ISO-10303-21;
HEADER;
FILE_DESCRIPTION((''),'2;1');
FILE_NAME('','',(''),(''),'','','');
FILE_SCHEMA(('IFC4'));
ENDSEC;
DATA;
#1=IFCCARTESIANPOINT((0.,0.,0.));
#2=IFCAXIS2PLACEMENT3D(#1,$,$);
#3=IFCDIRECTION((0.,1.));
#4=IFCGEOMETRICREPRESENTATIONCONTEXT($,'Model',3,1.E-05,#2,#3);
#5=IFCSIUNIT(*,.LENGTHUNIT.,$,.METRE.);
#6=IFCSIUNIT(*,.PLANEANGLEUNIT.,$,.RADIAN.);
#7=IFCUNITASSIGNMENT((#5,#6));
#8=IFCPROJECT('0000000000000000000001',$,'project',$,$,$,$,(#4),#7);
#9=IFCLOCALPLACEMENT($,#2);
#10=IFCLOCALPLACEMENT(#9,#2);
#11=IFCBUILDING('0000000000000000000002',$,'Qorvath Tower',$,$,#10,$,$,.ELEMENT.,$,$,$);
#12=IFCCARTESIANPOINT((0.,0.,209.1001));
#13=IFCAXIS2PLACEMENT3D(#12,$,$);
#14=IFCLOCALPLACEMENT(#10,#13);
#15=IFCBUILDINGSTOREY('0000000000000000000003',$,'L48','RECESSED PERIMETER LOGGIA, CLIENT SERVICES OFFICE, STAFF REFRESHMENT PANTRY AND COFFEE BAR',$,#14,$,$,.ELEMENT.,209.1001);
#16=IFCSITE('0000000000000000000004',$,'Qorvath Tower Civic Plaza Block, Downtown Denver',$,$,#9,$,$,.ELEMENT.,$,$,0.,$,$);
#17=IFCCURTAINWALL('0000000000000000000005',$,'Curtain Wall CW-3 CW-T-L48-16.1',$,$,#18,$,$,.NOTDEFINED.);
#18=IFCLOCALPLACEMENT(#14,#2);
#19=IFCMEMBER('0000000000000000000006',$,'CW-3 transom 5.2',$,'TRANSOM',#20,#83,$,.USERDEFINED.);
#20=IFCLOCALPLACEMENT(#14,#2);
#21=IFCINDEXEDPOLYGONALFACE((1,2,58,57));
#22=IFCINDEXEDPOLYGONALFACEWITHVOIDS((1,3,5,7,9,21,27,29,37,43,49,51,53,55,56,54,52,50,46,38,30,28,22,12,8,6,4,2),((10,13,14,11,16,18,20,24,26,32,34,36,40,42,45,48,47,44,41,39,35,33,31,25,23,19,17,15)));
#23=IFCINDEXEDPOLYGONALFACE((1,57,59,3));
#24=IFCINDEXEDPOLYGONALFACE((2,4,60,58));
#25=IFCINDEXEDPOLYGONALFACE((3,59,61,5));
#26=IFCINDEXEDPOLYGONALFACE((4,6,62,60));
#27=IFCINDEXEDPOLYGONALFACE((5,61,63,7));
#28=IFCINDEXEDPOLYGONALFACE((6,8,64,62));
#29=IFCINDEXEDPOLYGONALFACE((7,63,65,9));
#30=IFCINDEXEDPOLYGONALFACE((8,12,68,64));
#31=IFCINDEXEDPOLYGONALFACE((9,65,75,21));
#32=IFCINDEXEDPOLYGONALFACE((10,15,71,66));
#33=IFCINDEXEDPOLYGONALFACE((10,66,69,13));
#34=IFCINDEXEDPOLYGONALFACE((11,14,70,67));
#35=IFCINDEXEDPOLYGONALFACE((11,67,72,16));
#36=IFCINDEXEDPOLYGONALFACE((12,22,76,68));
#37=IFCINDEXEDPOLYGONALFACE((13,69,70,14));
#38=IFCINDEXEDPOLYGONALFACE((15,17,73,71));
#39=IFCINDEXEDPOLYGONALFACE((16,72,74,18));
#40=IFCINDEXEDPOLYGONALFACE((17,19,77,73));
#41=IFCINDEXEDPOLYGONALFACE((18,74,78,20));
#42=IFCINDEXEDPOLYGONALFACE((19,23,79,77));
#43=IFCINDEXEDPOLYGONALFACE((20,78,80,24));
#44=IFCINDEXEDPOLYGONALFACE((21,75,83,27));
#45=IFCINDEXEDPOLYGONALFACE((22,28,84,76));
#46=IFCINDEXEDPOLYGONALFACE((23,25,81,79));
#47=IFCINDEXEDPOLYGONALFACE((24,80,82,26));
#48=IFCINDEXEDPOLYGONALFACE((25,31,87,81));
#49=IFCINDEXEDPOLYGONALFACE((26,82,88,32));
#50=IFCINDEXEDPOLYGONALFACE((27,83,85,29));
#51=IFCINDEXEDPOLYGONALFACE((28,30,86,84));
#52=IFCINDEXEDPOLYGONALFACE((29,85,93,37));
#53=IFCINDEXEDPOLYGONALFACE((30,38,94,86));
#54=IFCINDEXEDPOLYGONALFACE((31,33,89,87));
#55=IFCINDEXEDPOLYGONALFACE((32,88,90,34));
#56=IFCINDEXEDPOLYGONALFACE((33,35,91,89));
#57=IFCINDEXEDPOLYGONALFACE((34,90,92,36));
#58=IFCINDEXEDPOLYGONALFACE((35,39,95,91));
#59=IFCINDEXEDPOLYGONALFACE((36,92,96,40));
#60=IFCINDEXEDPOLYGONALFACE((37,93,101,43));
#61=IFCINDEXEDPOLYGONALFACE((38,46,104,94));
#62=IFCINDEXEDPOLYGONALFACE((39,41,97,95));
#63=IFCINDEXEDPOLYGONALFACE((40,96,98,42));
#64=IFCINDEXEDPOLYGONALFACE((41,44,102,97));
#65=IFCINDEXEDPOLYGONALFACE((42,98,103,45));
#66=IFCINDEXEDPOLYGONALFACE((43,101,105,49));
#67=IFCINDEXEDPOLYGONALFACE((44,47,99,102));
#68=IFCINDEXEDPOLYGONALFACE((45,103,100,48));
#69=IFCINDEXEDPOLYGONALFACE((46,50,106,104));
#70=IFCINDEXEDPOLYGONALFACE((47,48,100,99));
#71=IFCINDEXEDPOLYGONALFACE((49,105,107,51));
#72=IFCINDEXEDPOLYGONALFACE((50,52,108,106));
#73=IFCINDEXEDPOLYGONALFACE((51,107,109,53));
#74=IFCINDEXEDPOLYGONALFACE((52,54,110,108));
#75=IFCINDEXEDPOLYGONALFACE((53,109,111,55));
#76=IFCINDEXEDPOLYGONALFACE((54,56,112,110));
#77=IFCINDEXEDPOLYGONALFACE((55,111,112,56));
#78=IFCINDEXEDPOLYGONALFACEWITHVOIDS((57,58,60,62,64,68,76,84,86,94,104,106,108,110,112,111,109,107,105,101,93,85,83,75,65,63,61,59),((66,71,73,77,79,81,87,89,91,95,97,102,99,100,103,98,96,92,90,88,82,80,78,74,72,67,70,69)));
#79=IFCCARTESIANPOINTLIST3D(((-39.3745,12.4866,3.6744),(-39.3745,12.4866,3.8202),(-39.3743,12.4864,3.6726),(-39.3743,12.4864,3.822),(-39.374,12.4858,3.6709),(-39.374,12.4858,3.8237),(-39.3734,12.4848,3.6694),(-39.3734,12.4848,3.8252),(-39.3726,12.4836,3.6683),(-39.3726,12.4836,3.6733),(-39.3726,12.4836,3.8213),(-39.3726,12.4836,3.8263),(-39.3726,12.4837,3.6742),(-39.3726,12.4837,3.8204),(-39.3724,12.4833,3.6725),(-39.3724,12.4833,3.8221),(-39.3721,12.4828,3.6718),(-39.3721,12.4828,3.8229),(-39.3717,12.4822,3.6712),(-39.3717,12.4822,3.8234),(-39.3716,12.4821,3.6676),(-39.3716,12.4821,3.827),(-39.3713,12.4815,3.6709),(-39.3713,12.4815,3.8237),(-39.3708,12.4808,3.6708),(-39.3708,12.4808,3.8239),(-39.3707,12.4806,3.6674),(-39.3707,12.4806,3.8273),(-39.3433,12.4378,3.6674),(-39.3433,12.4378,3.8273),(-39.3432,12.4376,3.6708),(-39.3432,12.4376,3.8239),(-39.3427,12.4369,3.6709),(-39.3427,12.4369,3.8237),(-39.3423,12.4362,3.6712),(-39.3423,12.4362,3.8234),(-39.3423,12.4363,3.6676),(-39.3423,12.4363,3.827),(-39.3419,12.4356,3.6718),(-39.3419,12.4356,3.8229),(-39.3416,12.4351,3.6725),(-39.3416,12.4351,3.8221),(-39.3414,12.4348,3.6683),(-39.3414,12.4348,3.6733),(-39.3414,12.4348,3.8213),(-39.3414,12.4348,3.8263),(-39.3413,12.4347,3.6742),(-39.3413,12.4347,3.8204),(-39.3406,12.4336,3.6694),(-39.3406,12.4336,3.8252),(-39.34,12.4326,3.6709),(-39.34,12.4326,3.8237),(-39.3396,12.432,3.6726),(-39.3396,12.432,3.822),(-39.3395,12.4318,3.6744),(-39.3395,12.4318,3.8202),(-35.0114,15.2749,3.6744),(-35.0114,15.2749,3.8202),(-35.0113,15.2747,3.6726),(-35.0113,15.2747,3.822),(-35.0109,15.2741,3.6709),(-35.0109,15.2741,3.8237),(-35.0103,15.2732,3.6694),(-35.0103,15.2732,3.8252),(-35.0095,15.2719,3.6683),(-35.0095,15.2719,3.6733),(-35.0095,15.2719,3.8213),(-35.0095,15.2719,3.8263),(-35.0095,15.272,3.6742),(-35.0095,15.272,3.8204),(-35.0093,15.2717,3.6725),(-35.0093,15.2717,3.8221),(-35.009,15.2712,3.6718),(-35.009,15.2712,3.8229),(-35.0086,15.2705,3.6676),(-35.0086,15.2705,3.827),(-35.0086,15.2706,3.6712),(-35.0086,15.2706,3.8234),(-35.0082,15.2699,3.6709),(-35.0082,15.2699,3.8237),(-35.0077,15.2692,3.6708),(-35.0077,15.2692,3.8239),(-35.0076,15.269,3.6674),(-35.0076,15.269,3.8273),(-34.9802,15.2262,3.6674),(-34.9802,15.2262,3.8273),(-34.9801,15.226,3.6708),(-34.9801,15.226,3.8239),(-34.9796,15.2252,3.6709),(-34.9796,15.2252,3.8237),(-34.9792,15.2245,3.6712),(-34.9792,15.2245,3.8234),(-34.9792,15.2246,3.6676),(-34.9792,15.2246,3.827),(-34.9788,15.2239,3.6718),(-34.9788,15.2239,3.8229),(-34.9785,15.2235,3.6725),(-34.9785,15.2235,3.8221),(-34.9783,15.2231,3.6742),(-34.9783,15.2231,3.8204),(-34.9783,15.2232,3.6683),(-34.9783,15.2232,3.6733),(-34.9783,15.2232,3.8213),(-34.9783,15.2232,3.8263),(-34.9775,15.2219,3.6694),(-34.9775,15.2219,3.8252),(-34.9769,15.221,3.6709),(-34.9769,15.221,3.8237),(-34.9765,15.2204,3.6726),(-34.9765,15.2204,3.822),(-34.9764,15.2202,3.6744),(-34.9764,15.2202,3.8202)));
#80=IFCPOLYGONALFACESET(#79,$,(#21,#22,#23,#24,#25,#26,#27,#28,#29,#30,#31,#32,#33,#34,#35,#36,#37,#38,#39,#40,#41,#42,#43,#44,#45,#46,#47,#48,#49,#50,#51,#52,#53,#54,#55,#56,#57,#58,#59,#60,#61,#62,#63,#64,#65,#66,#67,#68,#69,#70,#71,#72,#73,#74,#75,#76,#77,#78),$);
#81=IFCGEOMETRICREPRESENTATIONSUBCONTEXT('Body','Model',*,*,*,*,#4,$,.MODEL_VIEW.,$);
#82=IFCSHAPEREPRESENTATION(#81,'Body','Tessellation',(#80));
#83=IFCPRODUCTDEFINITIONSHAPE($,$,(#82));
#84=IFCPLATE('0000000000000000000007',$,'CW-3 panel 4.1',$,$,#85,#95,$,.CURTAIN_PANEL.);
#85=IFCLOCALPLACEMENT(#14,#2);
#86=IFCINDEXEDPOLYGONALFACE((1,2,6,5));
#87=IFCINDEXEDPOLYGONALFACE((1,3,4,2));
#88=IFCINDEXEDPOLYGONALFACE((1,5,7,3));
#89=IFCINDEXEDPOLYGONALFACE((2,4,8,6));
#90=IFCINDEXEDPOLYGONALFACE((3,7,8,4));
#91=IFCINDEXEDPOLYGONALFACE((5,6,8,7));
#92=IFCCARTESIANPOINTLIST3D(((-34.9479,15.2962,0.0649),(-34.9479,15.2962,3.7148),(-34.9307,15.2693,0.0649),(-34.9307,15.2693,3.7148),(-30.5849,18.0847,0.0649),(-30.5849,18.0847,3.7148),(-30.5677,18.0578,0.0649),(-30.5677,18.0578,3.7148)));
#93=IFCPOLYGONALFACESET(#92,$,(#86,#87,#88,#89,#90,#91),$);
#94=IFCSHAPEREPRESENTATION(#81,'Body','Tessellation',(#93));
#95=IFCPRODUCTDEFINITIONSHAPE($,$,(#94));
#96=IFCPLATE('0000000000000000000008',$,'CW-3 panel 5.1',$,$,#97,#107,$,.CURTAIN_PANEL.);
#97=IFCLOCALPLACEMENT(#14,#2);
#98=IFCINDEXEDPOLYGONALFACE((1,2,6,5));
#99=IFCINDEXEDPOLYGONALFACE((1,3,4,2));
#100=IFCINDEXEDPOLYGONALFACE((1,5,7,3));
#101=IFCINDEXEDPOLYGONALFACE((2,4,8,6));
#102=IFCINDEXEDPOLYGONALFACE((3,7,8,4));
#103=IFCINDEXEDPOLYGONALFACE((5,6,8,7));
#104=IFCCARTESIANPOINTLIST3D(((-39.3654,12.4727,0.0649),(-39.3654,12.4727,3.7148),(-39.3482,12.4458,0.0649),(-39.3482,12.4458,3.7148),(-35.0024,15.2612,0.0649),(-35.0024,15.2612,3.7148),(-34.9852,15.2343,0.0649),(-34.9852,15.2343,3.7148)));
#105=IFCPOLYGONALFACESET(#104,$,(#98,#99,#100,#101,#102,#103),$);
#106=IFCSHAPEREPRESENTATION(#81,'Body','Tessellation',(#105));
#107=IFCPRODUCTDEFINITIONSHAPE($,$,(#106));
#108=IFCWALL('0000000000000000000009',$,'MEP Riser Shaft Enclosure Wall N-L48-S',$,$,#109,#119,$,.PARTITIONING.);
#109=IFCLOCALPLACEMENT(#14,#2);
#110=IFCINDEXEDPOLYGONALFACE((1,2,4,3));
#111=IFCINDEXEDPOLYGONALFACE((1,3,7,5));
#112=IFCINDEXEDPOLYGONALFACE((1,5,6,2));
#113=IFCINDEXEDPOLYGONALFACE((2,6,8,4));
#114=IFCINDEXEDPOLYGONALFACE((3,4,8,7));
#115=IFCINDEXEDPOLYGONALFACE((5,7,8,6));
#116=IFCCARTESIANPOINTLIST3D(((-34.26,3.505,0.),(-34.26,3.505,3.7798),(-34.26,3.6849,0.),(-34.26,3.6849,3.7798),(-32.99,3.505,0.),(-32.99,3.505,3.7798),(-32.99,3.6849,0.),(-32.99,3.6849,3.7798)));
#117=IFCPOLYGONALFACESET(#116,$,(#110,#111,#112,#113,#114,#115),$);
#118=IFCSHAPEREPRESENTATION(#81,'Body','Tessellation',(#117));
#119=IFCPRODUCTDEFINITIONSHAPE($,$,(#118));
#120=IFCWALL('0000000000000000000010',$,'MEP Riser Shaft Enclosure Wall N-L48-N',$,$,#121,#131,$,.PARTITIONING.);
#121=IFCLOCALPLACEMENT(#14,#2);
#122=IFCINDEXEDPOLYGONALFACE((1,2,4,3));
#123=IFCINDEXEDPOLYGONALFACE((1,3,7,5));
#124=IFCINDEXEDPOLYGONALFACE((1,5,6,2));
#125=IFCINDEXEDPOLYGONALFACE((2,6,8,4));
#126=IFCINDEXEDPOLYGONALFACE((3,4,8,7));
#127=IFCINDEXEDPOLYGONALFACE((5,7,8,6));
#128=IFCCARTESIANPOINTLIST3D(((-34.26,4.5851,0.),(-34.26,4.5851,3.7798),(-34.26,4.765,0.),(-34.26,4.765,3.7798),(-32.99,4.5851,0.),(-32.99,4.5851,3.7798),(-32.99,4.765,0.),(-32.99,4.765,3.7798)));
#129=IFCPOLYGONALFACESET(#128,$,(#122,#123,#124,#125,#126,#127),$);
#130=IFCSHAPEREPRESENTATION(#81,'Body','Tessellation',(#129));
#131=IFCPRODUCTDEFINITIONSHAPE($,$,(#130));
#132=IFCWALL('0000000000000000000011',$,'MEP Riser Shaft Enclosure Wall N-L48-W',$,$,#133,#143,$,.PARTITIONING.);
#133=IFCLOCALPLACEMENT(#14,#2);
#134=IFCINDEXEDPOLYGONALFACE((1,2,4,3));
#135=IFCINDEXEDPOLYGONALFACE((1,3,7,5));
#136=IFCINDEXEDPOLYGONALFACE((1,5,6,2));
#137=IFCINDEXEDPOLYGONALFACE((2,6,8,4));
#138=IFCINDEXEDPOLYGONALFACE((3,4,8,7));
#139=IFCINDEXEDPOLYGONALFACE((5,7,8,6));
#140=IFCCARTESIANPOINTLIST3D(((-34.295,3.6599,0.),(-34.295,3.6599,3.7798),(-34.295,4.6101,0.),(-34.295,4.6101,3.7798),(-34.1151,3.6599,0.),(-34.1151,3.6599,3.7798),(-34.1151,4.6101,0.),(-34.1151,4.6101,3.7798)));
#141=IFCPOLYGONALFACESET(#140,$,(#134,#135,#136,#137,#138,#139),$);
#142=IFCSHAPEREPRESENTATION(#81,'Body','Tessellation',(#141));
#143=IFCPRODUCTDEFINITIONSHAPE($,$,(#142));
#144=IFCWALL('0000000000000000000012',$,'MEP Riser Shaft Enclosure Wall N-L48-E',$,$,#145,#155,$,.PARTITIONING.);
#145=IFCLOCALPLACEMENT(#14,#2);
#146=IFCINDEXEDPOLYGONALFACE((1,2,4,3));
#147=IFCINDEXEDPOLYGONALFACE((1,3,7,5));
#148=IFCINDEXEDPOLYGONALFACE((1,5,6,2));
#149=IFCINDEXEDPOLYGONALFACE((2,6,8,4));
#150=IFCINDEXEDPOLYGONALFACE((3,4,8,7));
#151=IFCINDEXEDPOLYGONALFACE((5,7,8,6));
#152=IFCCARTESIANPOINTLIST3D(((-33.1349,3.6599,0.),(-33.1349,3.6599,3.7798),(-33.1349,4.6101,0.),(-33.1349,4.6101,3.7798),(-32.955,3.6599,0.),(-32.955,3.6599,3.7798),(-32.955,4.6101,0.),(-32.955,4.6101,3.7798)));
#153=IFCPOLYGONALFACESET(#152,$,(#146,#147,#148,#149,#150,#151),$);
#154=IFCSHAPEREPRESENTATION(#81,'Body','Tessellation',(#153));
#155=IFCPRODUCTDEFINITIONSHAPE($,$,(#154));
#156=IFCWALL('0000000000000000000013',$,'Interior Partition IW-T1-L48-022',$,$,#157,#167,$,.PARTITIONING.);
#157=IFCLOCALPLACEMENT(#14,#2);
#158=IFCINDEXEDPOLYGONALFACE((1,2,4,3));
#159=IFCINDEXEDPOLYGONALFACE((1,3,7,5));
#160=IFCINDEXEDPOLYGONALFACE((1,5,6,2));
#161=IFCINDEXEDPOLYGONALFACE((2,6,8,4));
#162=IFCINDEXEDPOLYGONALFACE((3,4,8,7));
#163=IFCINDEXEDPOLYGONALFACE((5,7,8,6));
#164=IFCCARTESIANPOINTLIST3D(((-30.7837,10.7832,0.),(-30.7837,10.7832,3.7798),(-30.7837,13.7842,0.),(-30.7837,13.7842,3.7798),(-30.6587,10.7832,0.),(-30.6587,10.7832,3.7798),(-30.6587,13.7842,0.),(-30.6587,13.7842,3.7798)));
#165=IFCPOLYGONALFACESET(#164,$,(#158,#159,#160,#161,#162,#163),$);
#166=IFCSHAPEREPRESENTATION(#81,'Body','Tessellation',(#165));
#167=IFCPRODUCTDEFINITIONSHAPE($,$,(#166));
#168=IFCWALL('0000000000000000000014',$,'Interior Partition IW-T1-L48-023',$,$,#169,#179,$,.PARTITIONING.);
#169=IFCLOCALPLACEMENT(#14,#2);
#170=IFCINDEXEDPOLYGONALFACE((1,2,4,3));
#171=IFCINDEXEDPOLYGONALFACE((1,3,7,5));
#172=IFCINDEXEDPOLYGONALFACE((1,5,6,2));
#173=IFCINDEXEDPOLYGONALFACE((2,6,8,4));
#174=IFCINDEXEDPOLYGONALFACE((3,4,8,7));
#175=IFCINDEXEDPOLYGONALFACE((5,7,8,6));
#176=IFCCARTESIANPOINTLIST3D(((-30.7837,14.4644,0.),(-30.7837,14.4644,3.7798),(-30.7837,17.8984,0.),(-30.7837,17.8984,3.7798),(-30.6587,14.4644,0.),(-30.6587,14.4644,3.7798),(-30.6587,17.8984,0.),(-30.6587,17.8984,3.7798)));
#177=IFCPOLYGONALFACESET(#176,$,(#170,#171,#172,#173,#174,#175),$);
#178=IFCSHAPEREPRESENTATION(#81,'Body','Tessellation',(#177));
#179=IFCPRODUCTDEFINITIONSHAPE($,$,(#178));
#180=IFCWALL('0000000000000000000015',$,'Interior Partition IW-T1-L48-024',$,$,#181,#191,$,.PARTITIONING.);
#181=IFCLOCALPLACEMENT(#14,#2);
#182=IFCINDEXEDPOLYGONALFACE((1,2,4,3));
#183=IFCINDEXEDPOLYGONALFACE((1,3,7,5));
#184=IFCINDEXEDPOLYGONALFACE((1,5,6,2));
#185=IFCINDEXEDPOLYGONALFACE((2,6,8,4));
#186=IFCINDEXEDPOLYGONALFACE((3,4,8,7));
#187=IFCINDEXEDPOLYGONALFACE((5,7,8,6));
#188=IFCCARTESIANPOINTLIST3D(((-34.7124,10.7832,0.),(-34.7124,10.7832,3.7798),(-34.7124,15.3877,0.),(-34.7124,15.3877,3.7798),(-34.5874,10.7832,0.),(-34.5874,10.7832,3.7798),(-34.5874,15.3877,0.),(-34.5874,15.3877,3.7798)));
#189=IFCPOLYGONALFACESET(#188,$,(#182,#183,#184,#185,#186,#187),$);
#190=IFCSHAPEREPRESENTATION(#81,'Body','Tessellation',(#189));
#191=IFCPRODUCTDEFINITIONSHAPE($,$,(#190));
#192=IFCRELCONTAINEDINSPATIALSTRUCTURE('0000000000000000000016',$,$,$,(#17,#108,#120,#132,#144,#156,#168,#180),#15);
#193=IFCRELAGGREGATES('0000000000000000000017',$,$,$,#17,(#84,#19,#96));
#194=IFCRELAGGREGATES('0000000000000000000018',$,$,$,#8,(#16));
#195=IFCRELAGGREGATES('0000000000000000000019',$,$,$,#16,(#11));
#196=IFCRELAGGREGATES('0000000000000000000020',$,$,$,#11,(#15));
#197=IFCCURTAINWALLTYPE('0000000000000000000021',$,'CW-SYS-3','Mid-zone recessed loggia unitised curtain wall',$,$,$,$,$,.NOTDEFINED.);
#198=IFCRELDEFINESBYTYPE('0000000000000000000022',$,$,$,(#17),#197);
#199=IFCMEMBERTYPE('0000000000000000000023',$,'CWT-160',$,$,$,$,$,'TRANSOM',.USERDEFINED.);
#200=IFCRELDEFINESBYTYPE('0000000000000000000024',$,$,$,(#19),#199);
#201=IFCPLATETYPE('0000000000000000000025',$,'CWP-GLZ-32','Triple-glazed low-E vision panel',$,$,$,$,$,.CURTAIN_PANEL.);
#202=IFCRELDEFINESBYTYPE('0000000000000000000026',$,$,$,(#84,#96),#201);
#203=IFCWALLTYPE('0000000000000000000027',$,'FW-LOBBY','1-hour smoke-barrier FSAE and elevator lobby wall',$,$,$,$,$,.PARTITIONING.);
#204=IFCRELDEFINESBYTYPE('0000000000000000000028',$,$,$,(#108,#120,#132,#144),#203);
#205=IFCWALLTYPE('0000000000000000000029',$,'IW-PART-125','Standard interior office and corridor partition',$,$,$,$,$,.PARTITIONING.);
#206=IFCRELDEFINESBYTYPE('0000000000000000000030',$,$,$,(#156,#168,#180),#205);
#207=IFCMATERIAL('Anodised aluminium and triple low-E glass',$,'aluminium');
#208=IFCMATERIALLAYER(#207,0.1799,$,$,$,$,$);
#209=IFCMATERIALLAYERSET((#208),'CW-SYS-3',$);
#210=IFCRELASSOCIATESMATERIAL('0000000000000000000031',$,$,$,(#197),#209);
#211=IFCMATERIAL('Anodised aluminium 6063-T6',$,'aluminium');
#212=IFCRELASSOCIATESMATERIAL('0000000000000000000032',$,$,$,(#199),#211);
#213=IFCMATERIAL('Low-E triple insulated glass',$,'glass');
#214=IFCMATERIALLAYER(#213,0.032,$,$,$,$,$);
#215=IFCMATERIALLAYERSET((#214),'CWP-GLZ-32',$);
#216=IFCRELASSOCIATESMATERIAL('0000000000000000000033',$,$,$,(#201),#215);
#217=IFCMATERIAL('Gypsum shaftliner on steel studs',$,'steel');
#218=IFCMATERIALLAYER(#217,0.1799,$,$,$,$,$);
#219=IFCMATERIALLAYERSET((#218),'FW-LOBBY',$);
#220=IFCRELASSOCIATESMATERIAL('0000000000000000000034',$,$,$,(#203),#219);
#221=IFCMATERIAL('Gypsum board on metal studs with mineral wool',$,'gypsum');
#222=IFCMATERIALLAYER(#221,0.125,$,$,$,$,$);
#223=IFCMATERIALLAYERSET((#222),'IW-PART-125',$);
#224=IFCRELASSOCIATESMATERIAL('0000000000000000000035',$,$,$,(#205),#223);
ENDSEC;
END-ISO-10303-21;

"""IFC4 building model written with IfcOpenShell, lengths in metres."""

from ifc_helpers import new_model, si_unit, direction, frame, frame_2d, origin, origin_2d, place, context, subcontext, project, spatial, rectangle, hollow_rectangle, extrude, material, layer, layer_set, material_profile, profile_set, type_object, element, aggregate, save


model = new_model("IFC4")

# Units and contexts
model_context = context("Model", 3, precision=1e-05, world=origin(), true_north=direction((0.0, 1.0)))
body_context = subcontext(model_context, "Body", "Model", "MODEL_VIEW")
ifc_project = project(units=[si_unit("LENGTHUNIT", "METRE"), si_unit("PLANEANGLEUNIT", "RADIAN")], contexts=[model_context])

# Site, building, storey
site_placement = place(None, origin())
site = spatial("IfcSite", under=ifc_project, at=site_placement, Name="Qorvath Tower Civic Plaza Block, Downtown Denver", CompositionType="ELEMENT", RefElevation=0.0)
building_placement = place(site_placement, origin())
building = spatial("IfcBuilding", under=site, at=building_placement, Name="Qorvath Tower", CompositionType="ELEMENT")
storey_placement = place(building_placement, frame((0.0, 0.0, 209.1001)))
storey = spatial("IfcBuildingStorey", under=building, at=storey_placement, Name="L48", Description="RECESSED PERIMETER LOGGIA, CLIENT SERVICES OFFICE, STAFF REFRESHMENT PANTRY AND COFFEE BAR", CompositionType="ELEMENT", Elevation=209.1001)

# Curtain wall, member, plates
ifc_material_1 = material(Name="Anodised aluminium and triple low-E glass", Category="aluminium")
ifc_layer_1 = layer(ifc_material_1, 0.1799)
ifc_layer_set_1 = layer_set([ifc_layer_1], Name="CW-SYS-3")
curtain_wall_type = type_object("IfcCurtainWallType", Name="CW-SYS-3", Description="Mid-zone recessed loggia unitised curtain wall", PredefinedType="NOTDEFINED", material=ifc_layer_set_1)
curtain_wall_placement = place(storey_placement, origin())
curtain_wall = element("IfcCurtainWall", 1, at=curtain_wall_placement, inside=storey, type_object=curtain_wall_type, Name="Curtain Wall CW-3 CW-T-L48-16.1", PredefinedType="NOTDEFINED")
ifc_material_2 = material(Name="Anodised aluminium 6063-T6", Category="aluminium")
ifc_material_profile_1 = material_profile(ifc_material_2, hollow_rectangle(XDim=0.0649, YDim=0.1599, WallThickness=0.0034, InnerFilletRadius=0.0034, OuterFilletRadius=0.0071, at=origin_2d()), Name="CWT 160x65")
ifc_profile_set_1 = profile_set([ifc_material_profile_1], Name="Anodised aluminium 6063-T6")
member_type_1 = type_object("IfcMemberType", Name="CWT-160", ElementType="TRANSOM", PredefinedType="USERDEFINED", material=ifc_profile_set_1)
member_1_placement = place(storey_placement, frame((-34.9939, 15.2476, 3.7473), z_axis=(-0.842623, -0.538504, 0.0), x_axis=(0.538504, -0.842623, 0.0)))
member_1 = element("IfcMember", 2, at=member_1_placement, type_object=member_type_1, Name="CW-3 transom 5.2", ObjectType="TRANSOM", PredefinedType="USERDEFINED", context=body_context, shape_type="SweptSolid", body=[
    extrude(hollow_rectangle(XDim=0.0649, YDim=0.1599, WallThickness=0.0034, InnerFilletRadius=0.0034, OuterFilletRadius=0.0071, at=origin_2d()), origin(), (0.0, 0.0, 1.0), 5.178),
])
ifc_material_3 = material(Name="Low-E triple insulated glass", Category="glass")
ifc_layer_2 = layer(ifc_material_3, 0.032)
ifc_layer_set_2 = layer_set([ifc_layer_2], Name="CWP-GLZ-32")
plate_type = type_object("IfcPlateType", Name="CWP-GLZ-32", Description="Triple-glazed low-E vision panel", PredefinedType="CURTAIN_PANEL", material=ifc_layer_set_2)
plate_1_placement = place(storey_placement, frame((-32.7578, 16.677, 0.0649), z_axis=(0.0, 0.0, 1.0), x_axis=(-0.842605, -0.538532, 0.0)))
plate_1 = element("IfcPlate", 3, at=plate_1_placement, type_object=plate_type, Name="CW-3 panel 4.1", PredefinedType="CURTAIN_PANEL", context=body_context, shape_type="SweptSolid", body=[
    extrude(rectangle(XDim=5.178, YDim=0.032, at=origin_2d()), origin(), (0.0, 0.0, 1.0), 3.6499),
])
plate_2_placement = place(storey_placement, frame((-37.1753, 13.8535, 0.0649), z_axis=(0.0, 0.0, 1.0), x_axis=(-0.842605, -0.538532, 0.0)))
plate_2 = element("IfcPlate", 4, at=plate_2_placement, type_object=plate_type, Name="CW-3 panel 5.1", PredefinedType="CURTAIN_PANEL", context=body_context, shape_type="SweptSolid", body=[
    extrude(rectangle(XDim=5.178, YDim=0.032, at=origin_2d()), origin(), (0.0, 0.0, 1.0), 3.6499),
])
aggregate(curtain_wall, [plate_1, member_1, plate_2])

# Walls
ifc_material_4 = material(Name="Gypsum shaftliner on steel studs", Category="steel")
ifc_layer_3 = layer(ifc_material_4, 0.1799)
ifc_layer_set_3 = layer_set([ifc_layer_3], Name="FW-LOBBY")
wall_type_1 = type_object("IfcWallType", Name="FW-LOBBY", Description="1-hour smoke-barrier FSAE and elevator lobby wall", PredefinedType="PARTITIONING", material=ifc_layer_set_3)
for number, where, z_axis, x_axis, name in (
    (5, (-32.99, 3.595, 0.0), (0.0, 0.0, 1.0), (-1.0, 0.0, 0.0), "MEP Riser Shaft Enclosure Wall N-L48-S"),
    (6, (-34.26, 4.675, 0.0), (0.0, 0.0, 1.0), (1.0, 0.0, 0.0), "MEP Riser Shaft Enclosure Wall N-L48-N"),
):
    element("IfcWall", number, at=place(storey_placement, frame(where, z_axis=z_axis, x_axis=x_axis)), inside=storey, type_object=wall_type_1, Name=name, PredefinedType="PARTITIONING", context=body_context, shape_type="SweptSolid", body=[
        extrude(rectangle(XDim=1.27, YDim=0.1799, at=frame_2d((0.635, 0.0))), origin(), (0.0, 0.0, 1.0), 3.7798),
    ])
for number, where, z_axis, x_axis, name in (
    (7, (-34.2051, 3.6599, 0.0), (0.0, 0.0, 1.0), (0.0, 1.0, 0.0), "MEP Riser Shaft Enclosure Wall N-L48-W"),
    (8, (-33.0449, 4.6101, 0.0), (0.0, 0.0, 1.0), (0.0, -1.0, 0.0), "MEP Riser Shaft Enclosure Wall N-L48-E"),
):
    element("IfcWall", number, at=place(storey_placement, frame(where, z_axis=z_axis, x_axis=x_axis)), inside=storey, type_object=wall_type_1, Name=name, PredefinedType="PARTITIONING", context=body_context, shape_type="SweptSolid", body=[
        extrude(rectangle(XDim=0.9502, YDim=0.1799, at=frame_2d((0.4751, 0.0))), origin(), (0.0, 0.0, 1.0), 3.7798),
    ])

# Shared definitions
ifc_material_5 = material(Name="Gypsum board on metal studs with mineral wool", Category="gypsum")
ifc_layer_4 = layer(ifc_material_5, 0.125)
ifc_layer_set_4 = layer_set([ifc_layer_4], Name="IW-PART-125")
wall_type_2 = type_object("IfcWallType", Name="IW-PART-125", Description="Standard interior office and corridor partition", PredefinedType="PARTITIONING", material=ifc_layer_set_4)

# Walls
wall_1_placement = place(storey_placement, frame((-30.7212, 10.7832, 0.0), z_axis=(0.0, 0.0, 1.0), x_axis=(0.0, 1.0, 0.0)))
element("IfcWall", 9, at=wall_1_placement, inside=storey, type_object=wall_type_2, Name="Interior Partition IW-T1-L48-022", PredefinedType="PARTITIONING", context=body_context, shape_type="SweptSolid", body=[
    extrude(rectangle(XDim=3.001, YDim=0.125, at=frame_2d((1.5005, 0.0))), origin(), (0.0, 0.0, 1.0), 3.7798),
])
wall_2_placement = place(storey_placement, frame((-30.7212, 14.4644, 0.0), z_axis=(0.0, 0.0, 1.0), x_axis=(0.0, 1.0, 0.0)))
element("IfcWall", 10, at=wall_2_placement, inside=storey, type_object=wall_type_2, Name="Interior Partition IW-T1-L48-023", PredefinedType="PARTITIONING", context=body_context, shape_type="SweptSolid", body=[
    extrude(rectangle(XDim=3.4341, YDim=0.125, at=frame_2d((1.717, 0.0))), origin(), (0.0, 0.0, 1.0), 3.7798),
])
wall_3_placement = place(storey_placement, frame((-34.6499, 15.3877, 0.0), z_axis=(0.0, 0.0, 1.0), x_axis=(0.0, -1.0, 0.0)))
element("IfcWall", 11, at=wall_3_placement, inside=storey, type_object=wall_type_2, Name="Interior Partition IW-T1-L48-024", PredefinedType="PARTITIONING", context=body_context, shape_type="SweptSolid", body=[
    extrude(rectangle(XDim=4.6045, YDim=0.125, at=frame_2d((2.3022, 0.0))), origin(), (0.0, 0.0, 1.0), 3.7798),
])

save(model, "model.ifc")
